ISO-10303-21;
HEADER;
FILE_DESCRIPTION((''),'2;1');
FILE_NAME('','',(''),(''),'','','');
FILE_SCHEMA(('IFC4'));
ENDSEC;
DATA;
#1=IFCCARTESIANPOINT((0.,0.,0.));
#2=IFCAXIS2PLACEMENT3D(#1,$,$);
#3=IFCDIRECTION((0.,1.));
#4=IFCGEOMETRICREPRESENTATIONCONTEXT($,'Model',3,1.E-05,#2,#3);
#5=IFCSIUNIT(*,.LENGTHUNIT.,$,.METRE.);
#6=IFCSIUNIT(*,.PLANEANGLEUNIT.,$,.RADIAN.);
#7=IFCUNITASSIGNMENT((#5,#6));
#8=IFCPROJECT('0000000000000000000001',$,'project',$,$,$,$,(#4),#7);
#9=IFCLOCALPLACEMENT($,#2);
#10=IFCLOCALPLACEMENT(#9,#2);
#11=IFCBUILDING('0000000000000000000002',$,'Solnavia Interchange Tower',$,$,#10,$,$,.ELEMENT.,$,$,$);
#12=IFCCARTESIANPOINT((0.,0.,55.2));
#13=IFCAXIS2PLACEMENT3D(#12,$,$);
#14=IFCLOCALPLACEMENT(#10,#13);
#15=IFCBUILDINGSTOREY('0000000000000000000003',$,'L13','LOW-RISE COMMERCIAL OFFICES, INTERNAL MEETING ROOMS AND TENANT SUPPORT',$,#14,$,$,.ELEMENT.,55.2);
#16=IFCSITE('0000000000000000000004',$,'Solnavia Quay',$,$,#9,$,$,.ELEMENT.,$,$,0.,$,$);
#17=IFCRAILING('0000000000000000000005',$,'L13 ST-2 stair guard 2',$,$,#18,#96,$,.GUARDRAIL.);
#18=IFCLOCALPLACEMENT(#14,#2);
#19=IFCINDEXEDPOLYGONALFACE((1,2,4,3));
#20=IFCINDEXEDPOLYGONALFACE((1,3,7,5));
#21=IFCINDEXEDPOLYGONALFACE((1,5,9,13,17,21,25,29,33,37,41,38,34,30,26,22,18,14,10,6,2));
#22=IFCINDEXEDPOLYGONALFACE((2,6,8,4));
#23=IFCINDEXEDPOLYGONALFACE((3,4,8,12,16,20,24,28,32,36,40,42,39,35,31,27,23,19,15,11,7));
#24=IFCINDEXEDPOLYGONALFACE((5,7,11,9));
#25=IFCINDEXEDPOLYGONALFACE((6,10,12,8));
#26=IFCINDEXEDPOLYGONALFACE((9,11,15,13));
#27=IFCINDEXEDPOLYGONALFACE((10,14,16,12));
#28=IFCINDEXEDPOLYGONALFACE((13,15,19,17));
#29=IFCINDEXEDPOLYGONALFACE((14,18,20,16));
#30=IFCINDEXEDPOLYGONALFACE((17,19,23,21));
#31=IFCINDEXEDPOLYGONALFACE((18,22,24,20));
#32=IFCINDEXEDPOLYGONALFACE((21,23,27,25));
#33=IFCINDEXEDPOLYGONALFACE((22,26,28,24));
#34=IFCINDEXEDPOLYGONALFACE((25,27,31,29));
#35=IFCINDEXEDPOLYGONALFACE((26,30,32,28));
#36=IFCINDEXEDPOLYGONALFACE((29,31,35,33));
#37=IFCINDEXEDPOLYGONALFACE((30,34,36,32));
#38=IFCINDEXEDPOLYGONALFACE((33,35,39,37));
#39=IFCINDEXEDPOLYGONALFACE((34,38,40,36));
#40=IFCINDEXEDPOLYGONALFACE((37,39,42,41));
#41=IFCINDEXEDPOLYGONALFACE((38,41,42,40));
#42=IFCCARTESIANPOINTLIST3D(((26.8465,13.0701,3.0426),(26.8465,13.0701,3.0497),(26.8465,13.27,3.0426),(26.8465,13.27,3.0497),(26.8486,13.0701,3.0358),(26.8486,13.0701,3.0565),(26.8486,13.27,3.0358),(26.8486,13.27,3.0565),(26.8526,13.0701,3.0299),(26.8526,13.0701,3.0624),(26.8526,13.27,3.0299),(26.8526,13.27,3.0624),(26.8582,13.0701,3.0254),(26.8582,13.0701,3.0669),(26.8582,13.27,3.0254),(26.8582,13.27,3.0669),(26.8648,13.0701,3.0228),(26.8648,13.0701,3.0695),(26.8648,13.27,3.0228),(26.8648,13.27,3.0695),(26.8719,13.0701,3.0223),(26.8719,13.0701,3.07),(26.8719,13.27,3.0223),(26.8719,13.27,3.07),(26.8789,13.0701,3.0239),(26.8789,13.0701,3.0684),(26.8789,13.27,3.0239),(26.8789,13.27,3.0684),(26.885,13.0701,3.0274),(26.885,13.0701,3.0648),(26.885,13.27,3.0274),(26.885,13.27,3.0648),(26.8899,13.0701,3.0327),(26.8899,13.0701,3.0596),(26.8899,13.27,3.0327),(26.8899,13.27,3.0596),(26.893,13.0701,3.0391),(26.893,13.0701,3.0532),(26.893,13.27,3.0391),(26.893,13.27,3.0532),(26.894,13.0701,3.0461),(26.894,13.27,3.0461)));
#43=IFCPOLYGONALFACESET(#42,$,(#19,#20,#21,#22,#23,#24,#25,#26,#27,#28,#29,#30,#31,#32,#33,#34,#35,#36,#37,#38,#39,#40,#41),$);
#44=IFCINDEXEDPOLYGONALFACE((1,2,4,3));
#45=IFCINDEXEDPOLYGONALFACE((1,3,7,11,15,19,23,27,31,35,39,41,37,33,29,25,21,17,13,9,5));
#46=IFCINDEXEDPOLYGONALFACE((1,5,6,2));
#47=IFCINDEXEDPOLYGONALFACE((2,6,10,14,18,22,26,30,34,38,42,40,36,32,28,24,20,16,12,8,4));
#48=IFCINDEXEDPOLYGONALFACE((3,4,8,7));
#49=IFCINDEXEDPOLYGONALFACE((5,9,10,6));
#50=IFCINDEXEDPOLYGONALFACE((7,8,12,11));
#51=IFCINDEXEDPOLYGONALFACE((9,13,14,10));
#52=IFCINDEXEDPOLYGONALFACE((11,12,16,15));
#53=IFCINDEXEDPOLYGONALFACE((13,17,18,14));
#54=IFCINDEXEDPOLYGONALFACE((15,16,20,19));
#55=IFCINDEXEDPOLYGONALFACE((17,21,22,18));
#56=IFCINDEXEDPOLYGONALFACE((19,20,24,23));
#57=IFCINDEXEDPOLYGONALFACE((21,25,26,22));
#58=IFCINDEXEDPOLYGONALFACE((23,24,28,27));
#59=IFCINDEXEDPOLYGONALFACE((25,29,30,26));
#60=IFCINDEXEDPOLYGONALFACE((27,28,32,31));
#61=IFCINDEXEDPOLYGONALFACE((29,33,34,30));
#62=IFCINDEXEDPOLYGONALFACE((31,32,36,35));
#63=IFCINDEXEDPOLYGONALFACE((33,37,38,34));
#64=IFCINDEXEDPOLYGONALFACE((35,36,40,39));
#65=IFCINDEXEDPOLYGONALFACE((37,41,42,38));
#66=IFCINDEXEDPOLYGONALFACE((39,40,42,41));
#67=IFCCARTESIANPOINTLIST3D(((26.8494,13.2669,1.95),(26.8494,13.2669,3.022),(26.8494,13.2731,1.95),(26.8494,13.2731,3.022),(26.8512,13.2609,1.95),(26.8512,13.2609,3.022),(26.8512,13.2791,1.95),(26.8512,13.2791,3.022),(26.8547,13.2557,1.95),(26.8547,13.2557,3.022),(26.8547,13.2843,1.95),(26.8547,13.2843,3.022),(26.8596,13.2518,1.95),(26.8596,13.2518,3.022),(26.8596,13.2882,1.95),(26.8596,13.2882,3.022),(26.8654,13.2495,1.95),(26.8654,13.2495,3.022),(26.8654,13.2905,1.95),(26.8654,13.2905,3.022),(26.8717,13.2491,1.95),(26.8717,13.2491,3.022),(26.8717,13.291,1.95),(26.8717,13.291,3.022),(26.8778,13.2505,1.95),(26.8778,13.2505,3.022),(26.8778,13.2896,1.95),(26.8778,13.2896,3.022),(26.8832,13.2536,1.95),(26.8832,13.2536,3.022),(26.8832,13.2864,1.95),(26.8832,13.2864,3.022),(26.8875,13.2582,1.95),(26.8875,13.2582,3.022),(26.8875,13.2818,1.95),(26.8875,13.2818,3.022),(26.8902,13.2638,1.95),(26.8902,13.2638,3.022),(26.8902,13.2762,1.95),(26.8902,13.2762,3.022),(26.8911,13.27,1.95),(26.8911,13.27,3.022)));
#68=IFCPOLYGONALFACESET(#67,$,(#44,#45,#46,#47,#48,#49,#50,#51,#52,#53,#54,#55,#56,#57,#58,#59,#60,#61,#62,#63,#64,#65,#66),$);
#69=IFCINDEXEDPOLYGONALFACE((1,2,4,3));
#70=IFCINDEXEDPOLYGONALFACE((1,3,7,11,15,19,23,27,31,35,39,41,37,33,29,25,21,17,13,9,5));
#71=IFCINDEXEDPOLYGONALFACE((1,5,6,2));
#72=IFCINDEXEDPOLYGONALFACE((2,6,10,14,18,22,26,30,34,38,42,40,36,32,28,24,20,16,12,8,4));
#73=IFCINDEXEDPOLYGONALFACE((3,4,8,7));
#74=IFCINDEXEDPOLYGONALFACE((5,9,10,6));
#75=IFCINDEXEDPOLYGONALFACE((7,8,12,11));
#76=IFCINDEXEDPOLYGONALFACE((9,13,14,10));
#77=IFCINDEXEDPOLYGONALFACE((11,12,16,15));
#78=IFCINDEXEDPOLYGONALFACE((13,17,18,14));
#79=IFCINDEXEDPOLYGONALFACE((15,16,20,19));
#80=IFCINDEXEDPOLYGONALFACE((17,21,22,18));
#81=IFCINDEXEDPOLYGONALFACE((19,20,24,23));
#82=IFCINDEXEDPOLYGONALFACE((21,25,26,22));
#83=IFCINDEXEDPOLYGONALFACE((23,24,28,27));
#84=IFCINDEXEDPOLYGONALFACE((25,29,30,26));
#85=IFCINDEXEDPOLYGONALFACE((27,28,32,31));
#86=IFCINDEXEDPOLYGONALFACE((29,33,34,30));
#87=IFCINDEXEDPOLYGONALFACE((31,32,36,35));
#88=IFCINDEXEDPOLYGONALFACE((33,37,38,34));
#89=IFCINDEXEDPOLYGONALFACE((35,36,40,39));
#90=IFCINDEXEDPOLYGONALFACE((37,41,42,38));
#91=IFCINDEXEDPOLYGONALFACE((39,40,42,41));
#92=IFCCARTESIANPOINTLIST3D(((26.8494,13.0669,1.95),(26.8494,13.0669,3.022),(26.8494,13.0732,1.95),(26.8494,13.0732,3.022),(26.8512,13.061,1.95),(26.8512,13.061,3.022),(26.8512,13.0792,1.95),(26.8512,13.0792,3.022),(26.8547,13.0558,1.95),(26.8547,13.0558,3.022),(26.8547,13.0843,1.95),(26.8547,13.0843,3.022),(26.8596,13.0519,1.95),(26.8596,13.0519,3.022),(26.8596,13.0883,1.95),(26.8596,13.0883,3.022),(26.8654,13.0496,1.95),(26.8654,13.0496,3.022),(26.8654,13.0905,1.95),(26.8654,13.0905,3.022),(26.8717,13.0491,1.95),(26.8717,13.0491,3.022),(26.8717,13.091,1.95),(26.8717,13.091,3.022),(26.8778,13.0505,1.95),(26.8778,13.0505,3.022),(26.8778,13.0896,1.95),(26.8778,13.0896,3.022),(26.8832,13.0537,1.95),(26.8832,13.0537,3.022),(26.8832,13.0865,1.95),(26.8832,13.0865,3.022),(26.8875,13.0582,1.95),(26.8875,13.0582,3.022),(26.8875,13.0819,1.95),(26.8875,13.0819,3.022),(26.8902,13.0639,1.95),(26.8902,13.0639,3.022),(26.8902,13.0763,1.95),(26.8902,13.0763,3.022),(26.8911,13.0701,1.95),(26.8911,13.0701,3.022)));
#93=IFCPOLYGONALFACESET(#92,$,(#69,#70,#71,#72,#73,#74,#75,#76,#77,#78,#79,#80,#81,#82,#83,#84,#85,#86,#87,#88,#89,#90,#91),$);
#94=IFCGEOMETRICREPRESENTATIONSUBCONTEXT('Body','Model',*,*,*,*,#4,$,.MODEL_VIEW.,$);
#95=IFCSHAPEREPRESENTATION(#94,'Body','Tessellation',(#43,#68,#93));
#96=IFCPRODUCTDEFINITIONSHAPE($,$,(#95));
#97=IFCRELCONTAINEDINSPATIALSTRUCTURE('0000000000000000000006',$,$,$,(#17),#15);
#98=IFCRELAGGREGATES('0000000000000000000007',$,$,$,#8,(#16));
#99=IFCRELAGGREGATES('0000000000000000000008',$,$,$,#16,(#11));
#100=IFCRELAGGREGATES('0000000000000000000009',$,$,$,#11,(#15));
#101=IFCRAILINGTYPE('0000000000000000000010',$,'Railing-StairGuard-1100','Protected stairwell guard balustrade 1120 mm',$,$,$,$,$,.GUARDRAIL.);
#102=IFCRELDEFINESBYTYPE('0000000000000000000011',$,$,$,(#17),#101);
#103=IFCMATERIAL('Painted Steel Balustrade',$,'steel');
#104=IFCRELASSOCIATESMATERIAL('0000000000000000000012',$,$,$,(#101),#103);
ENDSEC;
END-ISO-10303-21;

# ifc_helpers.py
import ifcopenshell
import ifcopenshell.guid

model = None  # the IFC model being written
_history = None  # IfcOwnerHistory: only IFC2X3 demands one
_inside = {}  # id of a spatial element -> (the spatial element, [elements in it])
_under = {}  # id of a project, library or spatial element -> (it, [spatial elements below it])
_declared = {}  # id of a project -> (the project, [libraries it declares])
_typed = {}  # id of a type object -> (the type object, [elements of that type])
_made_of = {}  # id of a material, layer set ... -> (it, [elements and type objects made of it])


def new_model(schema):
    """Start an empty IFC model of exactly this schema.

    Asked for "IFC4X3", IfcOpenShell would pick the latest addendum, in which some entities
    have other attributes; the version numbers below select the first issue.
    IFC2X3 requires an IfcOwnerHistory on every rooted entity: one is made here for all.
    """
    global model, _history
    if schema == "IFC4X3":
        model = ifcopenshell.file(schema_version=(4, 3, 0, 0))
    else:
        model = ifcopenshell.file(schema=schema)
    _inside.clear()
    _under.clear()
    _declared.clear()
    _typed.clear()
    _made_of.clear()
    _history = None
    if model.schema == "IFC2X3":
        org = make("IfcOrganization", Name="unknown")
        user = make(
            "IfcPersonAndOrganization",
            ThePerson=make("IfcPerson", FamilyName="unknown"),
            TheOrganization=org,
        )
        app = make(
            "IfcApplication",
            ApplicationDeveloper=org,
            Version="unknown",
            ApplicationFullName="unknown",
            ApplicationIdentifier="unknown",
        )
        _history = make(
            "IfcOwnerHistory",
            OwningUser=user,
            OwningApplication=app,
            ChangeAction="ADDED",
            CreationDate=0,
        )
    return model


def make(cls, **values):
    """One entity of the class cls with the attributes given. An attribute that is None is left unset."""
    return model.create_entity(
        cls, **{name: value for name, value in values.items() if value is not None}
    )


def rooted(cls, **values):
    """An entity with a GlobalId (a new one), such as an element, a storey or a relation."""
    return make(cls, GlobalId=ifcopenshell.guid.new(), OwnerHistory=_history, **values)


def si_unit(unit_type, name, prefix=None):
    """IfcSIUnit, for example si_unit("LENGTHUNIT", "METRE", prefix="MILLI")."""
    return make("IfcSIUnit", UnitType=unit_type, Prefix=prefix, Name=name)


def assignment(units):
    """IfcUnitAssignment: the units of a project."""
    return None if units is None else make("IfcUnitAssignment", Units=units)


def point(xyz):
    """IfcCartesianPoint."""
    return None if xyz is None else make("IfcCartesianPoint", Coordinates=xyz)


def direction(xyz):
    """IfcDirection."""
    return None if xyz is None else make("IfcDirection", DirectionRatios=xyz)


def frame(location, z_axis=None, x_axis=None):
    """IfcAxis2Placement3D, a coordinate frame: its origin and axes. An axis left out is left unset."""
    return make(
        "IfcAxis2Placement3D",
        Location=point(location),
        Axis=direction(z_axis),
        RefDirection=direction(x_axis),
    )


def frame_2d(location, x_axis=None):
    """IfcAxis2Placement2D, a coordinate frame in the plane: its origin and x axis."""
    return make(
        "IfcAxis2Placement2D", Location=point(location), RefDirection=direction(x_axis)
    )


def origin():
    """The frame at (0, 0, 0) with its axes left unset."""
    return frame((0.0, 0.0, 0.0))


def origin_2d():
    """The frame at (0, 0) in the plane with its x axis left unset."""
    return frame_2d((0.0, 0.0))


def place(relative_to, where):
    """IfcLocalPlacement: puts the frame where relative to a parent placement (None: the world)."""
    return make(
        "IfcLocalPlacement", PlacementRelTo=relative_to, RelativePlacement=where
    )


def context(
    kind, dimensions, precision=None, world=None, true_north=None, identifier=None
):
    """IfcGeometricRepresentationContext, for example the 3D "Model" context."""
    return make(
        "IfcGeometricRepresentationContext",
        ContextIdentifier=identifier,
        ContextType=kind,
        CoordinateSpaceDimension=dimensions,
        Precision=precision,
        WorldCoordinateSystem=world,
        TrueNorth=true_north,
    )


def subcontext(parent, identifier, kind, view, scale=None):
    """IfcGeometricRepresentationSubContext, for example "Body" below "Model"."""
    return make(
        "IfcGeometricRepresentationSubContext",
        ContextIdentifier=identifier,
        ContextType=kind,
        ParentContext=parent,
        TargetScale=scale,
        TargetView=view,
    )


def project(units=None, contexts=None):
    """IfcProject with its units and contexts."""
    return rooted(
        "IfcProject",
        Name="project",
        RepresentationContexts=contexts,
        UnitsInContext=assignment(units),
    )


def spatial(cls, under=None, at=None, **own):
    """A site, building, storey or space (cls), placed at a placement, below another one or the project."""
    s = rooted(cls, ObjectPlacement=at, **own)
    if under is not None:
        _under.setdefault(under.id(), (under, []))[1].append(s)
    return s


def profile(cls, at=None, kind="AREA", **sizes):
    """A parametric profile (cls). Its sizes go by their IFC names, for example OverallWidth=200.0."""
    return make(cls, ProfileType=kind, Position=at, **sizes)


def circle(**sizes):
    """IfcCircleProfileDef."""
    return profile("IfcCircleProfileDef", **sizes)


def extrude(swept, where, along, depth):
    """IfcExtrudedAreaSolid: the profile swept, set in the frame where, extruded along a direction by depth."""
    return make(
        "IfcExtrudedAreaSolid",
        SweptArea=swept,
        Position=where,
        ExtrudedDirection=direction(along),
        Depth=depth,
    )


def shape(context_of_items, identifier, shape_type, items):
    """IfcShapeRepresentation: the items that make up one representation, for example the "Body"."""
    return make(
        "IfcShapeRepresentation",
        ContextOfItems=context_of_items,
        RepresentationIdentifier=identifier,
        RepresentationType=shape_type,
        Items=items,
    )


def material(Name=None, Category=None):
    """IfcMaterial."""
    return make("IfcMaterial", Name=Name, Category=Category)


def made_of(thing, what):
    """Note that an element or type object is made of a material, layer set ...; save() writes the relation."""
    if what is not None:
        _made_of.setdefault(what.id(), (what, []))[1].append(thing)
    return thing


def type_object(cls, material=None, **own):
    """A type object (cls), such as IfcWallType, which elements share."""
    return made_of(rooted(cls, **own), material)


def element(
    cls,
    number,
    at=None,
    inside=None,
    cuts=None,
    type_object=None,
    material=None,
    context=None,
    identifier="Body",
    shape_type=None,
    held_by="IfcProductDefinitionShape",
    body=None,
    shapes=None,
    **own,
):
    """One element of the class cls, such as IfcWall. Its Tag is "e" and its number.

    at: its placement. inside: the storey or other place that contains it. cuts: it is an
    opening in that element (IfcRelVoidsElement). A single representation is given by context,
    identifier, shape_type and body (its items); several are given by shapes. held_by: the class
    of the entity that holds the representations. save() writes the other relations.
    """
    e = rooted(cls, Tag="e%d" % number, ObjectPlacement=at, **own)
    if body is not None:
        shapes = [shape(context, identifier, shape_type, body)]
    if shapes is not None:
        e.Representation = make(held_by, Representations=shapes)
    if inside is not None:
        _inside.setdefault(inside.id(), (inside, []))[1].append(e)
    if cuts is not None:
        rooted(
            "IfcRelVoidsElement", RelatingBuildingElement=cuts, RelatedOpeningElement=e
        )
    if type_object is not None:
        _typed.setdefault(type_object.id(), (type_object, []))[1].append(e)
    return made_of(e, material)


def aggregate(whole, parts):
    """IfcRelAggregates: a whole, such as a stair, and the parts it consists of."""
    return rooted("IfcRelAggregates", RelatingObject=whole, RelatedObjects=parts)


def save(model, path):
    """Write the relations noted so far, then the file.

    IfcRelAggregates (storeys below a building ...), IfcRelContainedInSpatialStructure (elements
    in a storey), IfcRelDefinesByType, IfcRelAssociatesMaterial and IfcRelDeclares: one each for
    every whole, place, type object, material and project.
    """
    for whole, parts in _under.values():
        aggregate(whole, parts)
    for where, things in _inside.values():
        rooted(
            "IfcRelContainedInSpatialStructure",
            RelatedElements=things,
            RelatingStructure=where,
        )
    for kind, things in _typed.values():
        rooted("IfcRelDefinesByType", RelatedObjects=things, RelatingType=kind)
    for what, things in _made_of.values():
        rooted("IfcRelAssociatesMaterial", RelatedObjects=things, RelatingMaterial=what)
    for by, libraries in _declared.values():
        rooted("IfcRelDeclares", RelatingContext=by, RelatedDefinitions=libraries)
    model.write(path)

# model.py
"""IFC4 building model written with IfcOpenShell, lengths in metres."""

from ifc_helpers import new_model, si_unit, direction, frame, origin, origin_2d, place, context, subcontext, project, spatial, circle, extrude, material, type_object, element, save


model = new_model("IFC4")

# Units and contexts
model_context = context("Model", 3, precision=1e-05, world=origin(), true_north=direction((0.0, 1.0)))
body_context = subcontext(model_context, "Body", "Model", "MODEL_VIEW")
ifc_project = project(units=[si_unit("LENGTHUNIT", "METRE"), si_unit("PLANEANGLEUNIT", "RADIAN")], contexts=[model_context])

# Site, building, storey
site_placement = place(None, origin())
site = spatial("IfcSite", under=ifc_project, at=site_placement, Name="Solnavia Quay", CompositionType="ELEMENT", RefElevation=0.0)
building_placement = place(site_placement, origin())
building = spatial("IfcBuilding", under=site, at=building_placement, Name="Solnavia Interchange Tower", CompositionType="ELEMENT")
storey_placement = place(building_placement, frame((0.0, 0.0, 55.2)))
storey = spatial("IfcBuildingStorey", under=building, at=storey_placement, Name="L13", Description="LOW-RISE COMMERCIAL OFFICES, INTERNAL MEETING ROOMS AND TENANT SUPPORT", CompositionType="ELEMENT", Elevation=55.2)

# Railing
ifc_material_1 = material(Name="Painted Steel Balustrade", Category="steel")
railing_type_1 = type_object("IfcRailingType", Name="Railing-StairGuard-1100", Description="Protected stairwell guard balustrade 1120 mm", PredefinedType="GUARDRAIL", material=ifc_material_1)
railing_1_placement = place(storey_placement, frame((26.8701, 13.27, 1.95)))
element("IfcRailing", 1, at=railing_1_placement, inside=storey, type_object=railing_type_1, Name="L13 ST-2 stair guard 2", PredefinedType="GUARDRAIL", context=body_context, shape_type="SweptSolid", body=[
    extrude(circle(Radius=0.0239, at=origin_2d()), frame((0.0, 0.0, 1.0962), z_axis=(0.0, -1.0, 0.0), x_axis=(1.0, 0.0, 0.0)), (0.0, 0.0, 1.0), 0.2),
    extrude(circle(Radius=0.021, at=origin_2d()), origin(), (0.0, 0.0, 1.0), 1.072),
    extrude(circle(Radius=0.021, at=origin_2d()), frame((0.0, -0.2, 0.0)), (0.0, 0.0, 1.0), 1.072),
])

save(model, "model.ifc")
